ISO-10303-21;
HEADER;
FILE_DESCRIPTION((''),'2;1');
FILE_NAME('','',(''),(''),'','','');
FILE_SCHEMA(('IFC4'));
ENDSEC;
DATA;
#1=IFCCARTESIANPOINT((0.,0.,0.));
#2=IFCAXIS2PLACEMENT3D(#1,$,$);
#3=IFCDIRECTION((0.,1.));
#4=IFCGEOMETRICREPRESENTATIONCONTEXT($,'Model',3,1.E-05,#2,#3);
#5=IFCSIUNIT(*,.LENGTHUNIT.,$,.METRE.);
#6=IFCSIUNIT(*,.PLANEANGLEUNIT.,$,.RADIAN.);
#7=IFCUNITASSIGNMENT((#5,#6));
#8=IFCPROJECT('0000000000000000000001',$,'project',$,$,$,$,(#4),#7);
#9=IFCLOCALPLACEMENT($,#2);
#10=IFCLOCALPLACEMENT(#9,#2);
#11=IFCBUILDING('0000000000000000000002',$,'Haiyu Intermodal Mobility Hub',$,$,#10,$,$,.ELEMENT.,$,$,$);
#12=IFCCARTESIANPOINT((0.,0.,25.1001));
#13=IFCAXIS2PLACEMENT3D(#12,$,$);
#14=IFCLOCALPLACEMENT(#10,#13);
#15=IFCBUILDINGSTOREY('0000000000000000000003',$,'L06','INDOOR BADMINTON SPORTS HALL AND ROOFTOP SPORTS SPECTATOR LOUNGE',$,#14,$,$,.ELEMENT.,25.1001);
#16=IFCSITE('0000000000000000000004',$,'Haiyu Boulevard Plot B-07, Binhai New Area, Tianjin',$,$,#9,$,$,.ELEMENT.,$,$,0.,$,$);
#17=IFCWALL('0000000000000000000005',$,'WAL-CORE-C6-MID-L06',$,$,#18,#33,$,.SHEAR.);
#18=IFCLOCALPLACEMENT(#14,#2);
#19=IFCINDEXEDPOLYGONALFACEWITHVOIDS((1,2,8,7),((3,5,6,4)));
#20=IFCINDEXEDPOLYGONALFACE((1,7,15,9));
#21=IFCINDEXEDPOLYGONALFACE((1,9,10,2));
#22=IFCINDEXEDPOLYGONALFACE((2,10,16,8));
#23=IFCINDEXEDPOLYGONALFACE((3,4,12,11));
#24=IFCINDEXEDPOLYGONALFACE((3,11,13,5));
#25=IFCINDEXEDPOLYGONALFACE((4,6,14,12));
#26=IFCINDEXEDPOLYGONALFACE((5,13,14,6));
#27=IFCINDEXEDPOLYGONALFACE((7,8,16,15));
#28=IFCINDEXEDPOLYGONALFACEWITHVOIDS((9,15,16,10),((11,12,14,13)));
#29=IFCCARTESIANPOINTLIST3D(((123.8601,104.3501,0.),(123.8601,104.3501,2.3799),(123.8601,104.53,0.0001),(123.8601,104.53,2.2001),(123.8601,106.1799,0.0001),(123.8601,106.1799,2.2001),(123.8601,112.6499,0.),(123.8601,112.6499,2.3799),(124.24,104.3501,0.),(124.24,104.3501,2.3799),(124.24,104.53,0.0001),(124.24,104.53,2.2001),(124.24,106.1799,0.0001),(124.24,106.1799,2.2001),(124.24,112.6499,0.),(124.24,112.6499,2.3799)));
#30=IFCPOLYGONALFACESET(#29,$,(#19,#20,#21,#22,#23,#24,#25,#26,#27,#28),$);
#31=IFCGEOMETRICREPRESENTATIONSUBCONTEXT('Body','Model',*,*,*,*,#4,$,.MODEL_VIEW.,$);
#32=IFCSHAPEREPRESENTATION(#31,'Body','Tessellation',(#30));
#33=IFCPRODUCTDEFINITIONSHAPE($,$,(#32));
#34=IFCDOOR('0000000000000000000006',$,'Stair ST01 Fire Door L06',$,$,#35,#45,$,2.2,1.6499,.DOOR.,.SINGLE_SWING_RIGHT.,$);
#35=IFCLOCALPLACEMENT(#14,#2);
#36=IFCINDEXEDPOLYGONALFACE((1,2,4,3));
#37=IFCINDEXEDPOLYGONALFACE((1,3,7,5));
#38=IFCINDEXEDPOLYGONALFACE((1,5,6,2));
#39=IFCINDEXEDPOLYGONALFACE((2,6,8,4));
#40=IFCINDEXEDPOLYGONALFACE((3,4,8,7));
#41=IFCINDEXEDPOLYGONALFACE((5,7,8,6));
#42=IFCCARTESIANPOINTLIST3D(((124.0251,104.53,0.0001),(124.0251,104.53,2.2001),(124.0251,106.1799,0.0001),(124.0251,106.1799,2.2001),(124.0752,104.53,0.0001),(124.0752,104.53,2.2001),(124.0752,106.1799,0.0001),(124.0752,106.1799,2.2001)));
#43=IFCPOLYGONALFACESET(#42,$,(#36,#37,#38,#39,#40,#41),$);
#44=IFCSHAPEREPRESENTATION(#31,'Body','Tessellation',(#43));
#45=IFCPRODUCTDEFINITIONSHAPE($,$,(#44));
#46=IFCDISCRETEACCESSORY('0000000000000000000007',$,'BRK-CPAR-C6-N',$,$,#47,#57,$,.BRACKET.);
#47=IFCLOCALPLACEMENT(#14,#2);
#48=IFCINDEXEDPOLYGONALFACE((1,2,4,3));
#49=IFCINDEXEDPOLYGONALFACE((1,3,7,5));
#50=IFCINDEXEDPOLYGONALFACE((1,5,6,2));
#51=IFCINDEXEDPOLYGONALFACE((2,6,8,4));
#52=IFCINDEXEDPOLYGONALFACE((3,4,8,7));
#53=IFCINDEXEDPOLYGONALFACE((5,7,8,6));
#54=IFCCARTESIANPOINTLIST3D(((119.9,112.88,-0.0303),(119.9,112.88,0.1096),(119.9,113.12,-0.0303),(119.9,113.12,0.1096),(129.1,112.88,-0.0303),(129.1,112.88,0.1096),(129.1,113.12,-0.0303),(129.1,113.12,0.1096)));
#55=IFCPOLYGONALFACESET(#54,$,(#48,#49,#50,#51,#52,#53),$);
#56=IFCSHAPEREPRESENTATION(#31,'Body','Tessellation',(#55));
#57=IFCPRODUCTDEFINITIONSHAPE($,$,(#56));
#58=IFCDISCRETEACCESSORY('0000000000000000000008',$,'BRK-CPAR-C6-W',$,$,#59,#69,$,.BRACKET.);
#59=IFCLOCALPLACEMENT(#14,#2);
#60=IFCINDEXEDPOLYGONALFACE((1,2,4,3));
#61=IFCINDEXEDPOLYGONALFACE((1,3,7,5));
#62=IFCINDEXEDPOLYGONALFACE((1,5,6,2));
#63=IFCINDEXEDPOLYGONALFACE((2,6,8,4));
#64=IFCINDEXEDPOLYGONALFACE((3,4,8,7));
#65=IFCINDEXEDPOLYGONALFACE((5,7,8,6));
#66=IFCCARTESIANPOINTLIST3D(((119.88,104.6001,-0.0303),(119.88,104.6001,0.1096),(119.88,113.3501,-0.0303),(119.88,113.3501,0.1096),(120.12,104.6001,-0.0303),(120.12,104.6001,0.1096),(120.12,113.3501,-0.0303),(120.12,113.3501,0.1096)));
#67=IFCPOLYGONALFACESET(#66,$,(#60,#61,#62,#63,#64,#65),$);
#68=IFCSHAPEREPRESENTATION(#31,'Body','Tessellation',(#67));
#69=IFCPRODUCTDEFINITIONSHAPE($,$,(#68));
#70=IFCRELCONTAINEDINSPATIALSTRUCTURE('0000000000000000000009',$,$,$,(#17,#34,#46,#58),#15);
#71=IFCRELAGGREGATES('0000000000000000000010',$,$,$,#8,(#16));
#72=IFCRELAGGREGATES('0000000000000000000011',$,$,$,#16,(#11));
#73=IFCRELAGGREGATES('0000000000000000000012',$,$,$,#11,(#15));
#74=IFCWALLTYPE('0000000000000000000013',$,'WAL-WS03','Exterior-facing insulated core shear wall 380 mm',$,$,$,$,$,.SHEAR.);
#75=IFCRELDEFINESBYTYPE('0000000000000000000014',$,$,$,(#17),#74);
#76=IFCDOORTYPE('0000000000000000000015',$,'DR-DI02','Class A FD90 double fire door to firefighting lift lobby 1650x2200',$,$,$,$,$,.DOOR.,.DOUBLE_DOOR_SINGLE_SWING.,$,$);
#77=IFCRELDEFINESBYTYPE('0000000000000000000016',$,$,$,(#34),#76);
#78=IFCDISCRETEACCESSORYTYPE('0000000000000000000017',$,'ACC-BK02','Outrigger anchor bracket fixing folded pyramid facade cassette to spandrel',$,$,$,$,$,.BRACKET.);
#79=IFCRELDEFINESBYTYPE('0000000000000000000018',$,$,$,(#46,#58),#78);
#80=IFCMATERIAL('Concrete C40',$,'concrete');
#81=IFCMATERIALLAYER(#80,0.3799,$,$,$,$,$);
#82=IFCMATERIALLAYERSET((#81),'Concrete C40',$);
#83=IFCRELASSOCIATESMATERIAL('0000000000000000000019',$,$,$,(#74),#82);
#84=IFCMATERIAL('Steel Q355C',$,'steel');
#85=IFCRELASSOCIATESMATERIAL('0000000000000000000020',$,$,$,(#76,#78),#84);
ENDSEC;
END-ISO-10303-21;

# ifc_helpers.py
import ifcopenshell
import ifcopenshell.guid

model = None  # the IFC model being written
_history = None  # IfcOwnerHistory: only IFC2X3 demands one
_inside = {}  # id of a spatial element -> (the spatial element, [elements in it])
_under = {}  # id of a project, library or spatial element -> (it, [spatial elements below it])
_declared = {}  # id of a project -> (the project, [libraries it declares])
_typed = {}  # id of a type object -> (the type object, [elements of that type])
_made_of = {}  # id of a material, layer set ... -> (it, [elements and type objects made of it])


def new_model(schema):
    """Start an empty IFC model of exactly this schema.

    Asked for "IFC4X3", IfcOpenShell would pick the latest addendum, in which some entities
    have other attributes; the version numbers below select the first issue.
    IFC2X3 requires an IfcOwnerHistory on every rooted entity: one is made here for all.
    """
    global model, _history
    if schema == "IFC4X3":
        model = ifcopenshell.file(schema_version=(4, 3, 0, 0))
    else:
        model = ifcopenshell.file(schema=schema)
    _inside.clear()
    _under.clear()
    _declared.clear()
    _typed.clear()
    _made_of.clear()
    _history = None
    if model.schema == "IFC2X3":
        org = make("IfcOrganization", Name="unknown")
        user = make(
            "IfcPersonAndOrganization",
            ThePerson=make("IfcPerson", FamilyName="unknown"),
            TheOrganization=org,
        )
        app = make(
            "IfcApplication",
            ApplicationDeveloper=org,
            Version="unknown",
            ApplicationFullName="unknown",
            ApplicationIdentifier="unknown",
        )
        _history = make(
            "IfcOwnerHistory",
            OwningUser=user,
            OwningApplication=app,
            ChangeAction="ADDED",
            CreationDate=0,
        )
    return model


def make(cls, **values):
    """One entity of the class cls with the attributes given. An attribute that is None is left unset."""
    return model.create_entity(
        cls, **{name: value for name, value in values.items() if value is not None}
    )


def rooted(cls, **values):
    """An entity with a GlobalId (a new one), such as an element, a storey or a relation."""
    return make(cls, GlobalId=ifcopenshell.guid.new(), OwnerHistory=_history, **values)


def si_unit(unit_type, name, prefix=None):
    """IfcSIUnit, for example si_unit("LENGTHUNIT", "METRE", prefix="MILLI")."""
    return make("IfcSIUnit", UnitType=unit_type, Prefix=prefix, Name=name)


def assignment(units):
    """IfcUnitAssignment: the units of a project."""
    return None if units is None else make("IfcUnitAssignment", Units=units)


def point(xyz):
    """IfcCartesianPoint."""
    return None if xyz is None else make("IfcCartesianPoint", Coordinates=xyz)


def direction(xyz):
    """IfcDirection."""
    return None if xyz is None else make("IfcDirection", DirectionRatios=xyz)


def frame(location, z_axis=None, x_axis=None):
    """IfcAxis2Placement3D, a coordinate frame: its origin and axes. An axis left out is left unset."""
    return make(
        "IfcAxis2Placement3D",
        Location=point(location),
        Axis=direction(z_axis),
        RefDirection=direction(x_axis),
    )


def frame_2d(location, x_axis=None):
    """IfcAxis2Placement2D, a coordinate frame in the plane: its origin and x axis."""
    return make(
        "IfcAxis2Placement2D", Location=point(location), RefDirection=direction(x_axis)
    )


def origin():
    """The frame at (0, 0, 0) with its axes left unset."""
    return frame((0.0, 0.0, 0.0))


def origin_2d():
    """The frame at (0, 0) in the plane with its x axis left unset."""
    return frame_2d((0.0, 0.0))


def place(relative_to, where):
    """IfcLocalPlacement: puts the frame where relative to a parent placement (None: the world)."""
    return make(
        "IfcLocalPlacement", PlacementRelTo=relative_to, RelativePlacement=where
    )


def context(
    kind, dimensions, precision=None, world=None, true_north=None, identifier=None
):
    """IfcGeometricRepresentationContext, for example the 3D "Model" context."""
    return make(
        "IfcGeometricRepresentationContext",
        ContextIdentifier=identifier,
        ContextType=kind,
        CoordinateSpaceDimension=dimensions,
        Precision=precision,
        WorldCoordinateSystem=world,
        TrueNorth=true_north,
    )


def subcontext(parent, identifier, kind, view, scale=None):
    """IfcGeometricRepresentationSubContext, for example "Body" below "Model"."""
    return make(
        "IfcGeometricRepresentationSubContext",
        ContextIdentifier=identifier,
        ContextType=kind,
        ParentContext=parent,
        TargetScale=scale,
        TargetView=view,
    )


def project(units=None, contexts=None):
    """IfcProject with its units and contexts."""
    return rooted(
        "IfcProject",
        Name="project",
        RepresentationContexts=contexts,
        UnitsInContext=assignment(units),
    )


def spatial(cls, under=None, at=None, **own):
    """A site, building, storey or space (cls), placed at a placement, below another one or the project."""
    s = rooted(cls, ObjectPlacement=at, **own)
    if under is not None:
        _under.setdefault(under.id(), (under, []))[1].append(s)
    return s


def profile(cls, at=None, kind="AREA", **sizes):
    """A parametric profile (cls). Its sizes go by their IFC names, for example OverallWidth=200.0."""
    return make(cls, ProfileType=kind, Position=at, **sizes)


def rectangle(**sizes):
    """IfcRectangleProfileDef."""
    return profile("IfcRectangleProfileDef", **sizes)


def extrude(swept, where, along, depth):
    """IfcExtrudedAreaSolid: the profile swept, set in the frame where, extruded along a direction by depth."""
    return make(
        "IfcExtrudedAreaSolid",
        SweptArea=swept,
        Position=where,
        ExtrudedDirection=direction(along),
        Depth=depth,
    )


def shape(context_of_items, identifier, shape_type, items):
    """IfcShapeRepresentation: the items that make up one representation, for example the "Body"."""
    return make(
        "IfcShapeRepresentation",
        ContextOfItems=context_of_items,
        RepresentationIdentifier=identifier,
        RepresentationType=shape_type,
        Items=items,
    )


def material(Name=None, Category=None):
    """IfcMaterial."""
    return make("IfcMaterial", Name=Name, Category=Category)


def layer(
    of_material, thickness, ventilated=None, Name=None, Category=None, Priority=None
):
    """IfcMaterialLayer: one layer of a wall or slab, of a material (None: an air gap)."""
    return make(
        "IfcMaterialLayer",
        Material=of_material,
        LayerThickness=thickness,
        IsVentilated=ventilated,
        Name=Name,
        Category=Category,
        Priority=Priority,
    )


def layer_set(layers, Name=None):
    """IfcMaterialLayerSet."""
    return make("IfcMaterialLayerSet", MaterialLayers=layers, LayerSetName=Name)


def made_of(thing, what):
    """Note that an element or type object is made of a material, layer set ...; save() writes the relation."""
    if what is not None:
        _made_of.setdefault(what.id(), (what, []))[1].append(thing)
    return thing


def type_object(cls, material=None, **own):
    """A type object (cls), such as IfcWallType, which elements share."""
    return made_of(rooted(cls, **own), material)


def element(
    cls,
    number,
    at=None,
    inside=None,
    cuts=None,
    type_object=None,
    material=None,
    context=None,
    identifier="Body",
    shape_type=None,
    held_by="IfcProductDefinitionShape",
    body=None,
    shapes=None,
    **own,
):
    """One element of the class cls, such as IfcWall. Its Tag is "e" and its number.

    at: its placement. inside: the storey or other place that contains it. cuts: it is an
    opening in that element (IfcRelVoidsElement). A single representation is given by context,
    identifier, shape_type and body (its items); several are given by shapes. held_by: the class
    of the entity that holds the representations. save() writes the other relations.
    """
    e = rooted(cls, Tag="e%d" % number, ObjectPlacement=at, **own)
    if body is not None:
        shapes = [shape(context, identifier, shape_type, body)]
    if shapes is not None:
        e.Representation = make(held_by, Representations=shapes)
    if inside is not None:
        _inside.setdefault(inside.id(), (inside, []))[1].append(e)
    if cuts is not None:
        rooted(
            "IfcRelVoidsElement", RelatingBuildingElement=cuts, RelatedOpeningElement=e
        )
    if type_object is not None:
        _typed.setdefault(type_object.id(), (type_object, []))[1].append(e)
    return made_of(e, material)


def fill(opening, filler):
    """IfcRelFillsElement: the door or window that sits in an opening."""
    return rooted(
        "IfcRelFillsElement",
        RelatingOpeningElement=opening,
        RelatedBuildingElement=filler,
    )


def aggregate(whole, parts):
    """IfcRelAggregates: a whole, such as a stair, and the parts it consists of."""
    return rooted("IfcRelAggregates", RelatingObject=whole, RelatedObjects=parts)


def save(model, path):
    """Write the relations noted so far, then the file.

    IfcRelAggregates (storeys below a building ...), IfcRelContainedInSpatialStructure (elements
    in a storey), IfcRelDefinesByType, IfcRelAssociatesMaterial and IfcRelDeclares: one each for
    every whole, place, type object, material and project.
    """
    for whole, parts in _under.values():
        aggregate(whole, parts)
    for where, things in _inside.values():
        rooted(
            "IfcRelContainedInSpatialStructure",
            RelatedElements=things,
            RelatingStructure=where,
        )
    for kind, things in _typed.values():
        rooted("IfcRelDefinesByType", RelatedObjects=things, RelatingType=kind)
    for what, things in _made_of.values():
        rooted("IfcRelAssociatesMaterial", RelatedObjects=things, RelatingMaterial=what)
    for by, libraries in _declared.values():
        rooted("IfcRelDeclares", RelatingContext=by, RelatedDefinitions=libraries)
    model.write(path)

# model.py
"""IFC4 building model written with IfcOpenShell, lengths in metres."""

from ifc_helpers import new_model, si_unit, direction, frame, frame_2d, origin, origin_2d, place, context, subcontext, project, spatial, rectangle, extrude, material, layer, layer_set, type_object, element, fill, save


model = new_model("IFC4")

# Units and contexts
model_context = context("Model", 3, precision=1e-05, world=origin(), true_north=direction((0.0, 1.0)))
body_context = subcontext(model_context, "Body", "Model", "MODEL_VIEW")
ifc_project = project(units=[si_unit("LENGTHUNIT", "METRE"), si_unit("PLANEANGLEUNIT", "RADIAN")], contexts=[model_context])

# Site, building, storey
site_placement = place(None, origin())
site = spatial("IfcSite", under=ifc_project, at=site_placement, Name="Haiyu Boulevard Plot B-07, Binhai New Area, Tianjin", CompositionType="ELEMENT", RefElevation=0.0)
building_placement = place(site_placement, origin())
building = spatial("IfcBuilding", under=site, at=building_placement, Name="Haiyu Intermodal Mobility Hub", CompositionType="ELEMENT")
storey_placement = place(building_placement, frame((0.0, 0.0, 25.1001)))
storey = spatial("IfcBuildingStorey", under=building, at=storey_placement, Name="L06", Description="INDOOR BADMINTON SPORTS HALL AND ROOFTOP SPORTS SPECTATOR LOUNGE", CompositionType="ELEMENT", Elevation=25.1001)

# Shared definitions
ifc_material_1 = material(Name="Concrete C40", Category="concrete")
ifc_material_2 = material(Name="Steel Q355C", Category="steel")

# Wall, opening, door
ifc_layer_1 = layer(ifc_material_1, 0.3799)
ifc_layer_set_1 = layer_set([ifc_layer_1], Name="Concrete C40")
wall_type_1 = type_object("IfcWallType", Name="WAL-WS03", Description="Exterior-facing insulated core shear wall 380 mm", PredefinedType="SHEAR", material=ifc_layer_set_1)
wall_1_placement = place(storey_placement, frame((124.05, 104.3501, 0.0), z_axis=(0.0, 0.0, 1.0), x_axis=(0.0, 1.0, 0.0)))
wall_1 = element("IfcWall", 1, at=wall_1_placement, inside=storey, type_object=wall_type_1, Name="WAL-CORE-C6-MID-L06", PredefinedType="SHEAR", context=body_context, shape_type="SweptSolid", body=[
    extrude(rectangle(XDim=8.2998, YDim=0.3799, at=frame_2d((4.1499, 0.0))), origin(), (0.0, 0.0, 1.0), 2.3799),
])
opening_1_placement = place(wall_1_placement, frame((0.1799, 0.0, 0.0)))
opening_1 = element("IfcOpeningElement", 2, at=opening_1_placement, cuts=wall_1, PredefinedType="OPENING", context=body_context, shape_type="SweptSolid", body=[
    extrude(rectangle(XDim=1.6499, YDim=2.2, at=frame_2d((0.825, 1.1001))), frame((0.0, 0.2, 0.0), z_axis=(0.0, -1.0, 0.0), x_axis=(1.0, 0.0, 0.0)), (0.0, 0.0, 1.0), 0.3999),
])
door_type_1 = type_object("IfcDoorType", Name="DR-DI02", Description="Class A FD90 double fire door to firefighting lift lobby 1650x2200", OperationType="DOUBLE_DOOR_SINGLE_SWING", PredefinedType="DOOR", material=ifc_material_2)
door_1_placement = place(opening_1_placement, origin())
door_1 = element("IfcDoor", 3, at=door_1_placement, inside=storey, type_object=door_type_1, Name="Stair ST01 Fire Door L06", OperationType="SINGLE_SWING_RIGHT", OverallHeight=2.2, OverallWidth=1.6499, PredefinedType="DOOR", context=body_context, shape_type="SweptSolid", body=[
    extrude(rectangle(XDim=1.6499, YDim=2.2, at=frame_2d((0.825, 1.1001))), frame((0.0, 0.0249, 0.0), z_axis=(0.0, -1.0, 0.0), x_axis=(1.0, 0.0, 0.0)), (0.0, 0.0, 1.0), 0.05),
])
fill(opening_1, door_1)

# Discrete accessories
discrete_accessory_type = type_object("IfcDiscreteAccessoryType", Name="ACC-BK02", Description="Outrigger anchor bracket fixing folded pyramid facade cassette to spandrel", PredefinedType="BRACKET", material=ifc_material_2)
discrete_accessory_1_placement = place(storey_placement, frame((124.5, 113.0, -0.0303), z_axis=(0.0, 0.0, 1.0), x_axis=(1.0, 0.0, 0.0)))
element("IfcDiscreteAccessory", 4, at=discrete_accessory_1_placement, inside=storey, type_object=discrete_accessory_type, Name="BRK-CPAR-C6-N", PredefinedType="BRACKET", context=body_context, shape_type="SweptSolid", body=[
    extrude(rectangle(XDim=9.2, YDim=0.24, at=origin_2d()), origin(), (0.0, 0.0, 1.0), 0.1399),
])
discrete_accessory_2_placement = place(storey_placement, frame((120.0, 108.9751, -0.0303), z_axis=(0.0, 0.0, 1.0), x_axis=(1.0, 0.0, 0.0)))
element("IfcDiscreteAccessory", 5, at=discrete_accessory_2_placement, inside=storey, type_object=discrete_accessory_type, Name="BRK-CPAR-C6-W", PredefinedType="BRACKET", context=body_context, shape_type="SweptSolid", body=[
    extrude(rectangle(XDim=0.24, YDim=8.75, at=origin_2d()), origin(), (0.0, 0.0, 1.0), 0.1399),
])

save(model, "model.ifc")
